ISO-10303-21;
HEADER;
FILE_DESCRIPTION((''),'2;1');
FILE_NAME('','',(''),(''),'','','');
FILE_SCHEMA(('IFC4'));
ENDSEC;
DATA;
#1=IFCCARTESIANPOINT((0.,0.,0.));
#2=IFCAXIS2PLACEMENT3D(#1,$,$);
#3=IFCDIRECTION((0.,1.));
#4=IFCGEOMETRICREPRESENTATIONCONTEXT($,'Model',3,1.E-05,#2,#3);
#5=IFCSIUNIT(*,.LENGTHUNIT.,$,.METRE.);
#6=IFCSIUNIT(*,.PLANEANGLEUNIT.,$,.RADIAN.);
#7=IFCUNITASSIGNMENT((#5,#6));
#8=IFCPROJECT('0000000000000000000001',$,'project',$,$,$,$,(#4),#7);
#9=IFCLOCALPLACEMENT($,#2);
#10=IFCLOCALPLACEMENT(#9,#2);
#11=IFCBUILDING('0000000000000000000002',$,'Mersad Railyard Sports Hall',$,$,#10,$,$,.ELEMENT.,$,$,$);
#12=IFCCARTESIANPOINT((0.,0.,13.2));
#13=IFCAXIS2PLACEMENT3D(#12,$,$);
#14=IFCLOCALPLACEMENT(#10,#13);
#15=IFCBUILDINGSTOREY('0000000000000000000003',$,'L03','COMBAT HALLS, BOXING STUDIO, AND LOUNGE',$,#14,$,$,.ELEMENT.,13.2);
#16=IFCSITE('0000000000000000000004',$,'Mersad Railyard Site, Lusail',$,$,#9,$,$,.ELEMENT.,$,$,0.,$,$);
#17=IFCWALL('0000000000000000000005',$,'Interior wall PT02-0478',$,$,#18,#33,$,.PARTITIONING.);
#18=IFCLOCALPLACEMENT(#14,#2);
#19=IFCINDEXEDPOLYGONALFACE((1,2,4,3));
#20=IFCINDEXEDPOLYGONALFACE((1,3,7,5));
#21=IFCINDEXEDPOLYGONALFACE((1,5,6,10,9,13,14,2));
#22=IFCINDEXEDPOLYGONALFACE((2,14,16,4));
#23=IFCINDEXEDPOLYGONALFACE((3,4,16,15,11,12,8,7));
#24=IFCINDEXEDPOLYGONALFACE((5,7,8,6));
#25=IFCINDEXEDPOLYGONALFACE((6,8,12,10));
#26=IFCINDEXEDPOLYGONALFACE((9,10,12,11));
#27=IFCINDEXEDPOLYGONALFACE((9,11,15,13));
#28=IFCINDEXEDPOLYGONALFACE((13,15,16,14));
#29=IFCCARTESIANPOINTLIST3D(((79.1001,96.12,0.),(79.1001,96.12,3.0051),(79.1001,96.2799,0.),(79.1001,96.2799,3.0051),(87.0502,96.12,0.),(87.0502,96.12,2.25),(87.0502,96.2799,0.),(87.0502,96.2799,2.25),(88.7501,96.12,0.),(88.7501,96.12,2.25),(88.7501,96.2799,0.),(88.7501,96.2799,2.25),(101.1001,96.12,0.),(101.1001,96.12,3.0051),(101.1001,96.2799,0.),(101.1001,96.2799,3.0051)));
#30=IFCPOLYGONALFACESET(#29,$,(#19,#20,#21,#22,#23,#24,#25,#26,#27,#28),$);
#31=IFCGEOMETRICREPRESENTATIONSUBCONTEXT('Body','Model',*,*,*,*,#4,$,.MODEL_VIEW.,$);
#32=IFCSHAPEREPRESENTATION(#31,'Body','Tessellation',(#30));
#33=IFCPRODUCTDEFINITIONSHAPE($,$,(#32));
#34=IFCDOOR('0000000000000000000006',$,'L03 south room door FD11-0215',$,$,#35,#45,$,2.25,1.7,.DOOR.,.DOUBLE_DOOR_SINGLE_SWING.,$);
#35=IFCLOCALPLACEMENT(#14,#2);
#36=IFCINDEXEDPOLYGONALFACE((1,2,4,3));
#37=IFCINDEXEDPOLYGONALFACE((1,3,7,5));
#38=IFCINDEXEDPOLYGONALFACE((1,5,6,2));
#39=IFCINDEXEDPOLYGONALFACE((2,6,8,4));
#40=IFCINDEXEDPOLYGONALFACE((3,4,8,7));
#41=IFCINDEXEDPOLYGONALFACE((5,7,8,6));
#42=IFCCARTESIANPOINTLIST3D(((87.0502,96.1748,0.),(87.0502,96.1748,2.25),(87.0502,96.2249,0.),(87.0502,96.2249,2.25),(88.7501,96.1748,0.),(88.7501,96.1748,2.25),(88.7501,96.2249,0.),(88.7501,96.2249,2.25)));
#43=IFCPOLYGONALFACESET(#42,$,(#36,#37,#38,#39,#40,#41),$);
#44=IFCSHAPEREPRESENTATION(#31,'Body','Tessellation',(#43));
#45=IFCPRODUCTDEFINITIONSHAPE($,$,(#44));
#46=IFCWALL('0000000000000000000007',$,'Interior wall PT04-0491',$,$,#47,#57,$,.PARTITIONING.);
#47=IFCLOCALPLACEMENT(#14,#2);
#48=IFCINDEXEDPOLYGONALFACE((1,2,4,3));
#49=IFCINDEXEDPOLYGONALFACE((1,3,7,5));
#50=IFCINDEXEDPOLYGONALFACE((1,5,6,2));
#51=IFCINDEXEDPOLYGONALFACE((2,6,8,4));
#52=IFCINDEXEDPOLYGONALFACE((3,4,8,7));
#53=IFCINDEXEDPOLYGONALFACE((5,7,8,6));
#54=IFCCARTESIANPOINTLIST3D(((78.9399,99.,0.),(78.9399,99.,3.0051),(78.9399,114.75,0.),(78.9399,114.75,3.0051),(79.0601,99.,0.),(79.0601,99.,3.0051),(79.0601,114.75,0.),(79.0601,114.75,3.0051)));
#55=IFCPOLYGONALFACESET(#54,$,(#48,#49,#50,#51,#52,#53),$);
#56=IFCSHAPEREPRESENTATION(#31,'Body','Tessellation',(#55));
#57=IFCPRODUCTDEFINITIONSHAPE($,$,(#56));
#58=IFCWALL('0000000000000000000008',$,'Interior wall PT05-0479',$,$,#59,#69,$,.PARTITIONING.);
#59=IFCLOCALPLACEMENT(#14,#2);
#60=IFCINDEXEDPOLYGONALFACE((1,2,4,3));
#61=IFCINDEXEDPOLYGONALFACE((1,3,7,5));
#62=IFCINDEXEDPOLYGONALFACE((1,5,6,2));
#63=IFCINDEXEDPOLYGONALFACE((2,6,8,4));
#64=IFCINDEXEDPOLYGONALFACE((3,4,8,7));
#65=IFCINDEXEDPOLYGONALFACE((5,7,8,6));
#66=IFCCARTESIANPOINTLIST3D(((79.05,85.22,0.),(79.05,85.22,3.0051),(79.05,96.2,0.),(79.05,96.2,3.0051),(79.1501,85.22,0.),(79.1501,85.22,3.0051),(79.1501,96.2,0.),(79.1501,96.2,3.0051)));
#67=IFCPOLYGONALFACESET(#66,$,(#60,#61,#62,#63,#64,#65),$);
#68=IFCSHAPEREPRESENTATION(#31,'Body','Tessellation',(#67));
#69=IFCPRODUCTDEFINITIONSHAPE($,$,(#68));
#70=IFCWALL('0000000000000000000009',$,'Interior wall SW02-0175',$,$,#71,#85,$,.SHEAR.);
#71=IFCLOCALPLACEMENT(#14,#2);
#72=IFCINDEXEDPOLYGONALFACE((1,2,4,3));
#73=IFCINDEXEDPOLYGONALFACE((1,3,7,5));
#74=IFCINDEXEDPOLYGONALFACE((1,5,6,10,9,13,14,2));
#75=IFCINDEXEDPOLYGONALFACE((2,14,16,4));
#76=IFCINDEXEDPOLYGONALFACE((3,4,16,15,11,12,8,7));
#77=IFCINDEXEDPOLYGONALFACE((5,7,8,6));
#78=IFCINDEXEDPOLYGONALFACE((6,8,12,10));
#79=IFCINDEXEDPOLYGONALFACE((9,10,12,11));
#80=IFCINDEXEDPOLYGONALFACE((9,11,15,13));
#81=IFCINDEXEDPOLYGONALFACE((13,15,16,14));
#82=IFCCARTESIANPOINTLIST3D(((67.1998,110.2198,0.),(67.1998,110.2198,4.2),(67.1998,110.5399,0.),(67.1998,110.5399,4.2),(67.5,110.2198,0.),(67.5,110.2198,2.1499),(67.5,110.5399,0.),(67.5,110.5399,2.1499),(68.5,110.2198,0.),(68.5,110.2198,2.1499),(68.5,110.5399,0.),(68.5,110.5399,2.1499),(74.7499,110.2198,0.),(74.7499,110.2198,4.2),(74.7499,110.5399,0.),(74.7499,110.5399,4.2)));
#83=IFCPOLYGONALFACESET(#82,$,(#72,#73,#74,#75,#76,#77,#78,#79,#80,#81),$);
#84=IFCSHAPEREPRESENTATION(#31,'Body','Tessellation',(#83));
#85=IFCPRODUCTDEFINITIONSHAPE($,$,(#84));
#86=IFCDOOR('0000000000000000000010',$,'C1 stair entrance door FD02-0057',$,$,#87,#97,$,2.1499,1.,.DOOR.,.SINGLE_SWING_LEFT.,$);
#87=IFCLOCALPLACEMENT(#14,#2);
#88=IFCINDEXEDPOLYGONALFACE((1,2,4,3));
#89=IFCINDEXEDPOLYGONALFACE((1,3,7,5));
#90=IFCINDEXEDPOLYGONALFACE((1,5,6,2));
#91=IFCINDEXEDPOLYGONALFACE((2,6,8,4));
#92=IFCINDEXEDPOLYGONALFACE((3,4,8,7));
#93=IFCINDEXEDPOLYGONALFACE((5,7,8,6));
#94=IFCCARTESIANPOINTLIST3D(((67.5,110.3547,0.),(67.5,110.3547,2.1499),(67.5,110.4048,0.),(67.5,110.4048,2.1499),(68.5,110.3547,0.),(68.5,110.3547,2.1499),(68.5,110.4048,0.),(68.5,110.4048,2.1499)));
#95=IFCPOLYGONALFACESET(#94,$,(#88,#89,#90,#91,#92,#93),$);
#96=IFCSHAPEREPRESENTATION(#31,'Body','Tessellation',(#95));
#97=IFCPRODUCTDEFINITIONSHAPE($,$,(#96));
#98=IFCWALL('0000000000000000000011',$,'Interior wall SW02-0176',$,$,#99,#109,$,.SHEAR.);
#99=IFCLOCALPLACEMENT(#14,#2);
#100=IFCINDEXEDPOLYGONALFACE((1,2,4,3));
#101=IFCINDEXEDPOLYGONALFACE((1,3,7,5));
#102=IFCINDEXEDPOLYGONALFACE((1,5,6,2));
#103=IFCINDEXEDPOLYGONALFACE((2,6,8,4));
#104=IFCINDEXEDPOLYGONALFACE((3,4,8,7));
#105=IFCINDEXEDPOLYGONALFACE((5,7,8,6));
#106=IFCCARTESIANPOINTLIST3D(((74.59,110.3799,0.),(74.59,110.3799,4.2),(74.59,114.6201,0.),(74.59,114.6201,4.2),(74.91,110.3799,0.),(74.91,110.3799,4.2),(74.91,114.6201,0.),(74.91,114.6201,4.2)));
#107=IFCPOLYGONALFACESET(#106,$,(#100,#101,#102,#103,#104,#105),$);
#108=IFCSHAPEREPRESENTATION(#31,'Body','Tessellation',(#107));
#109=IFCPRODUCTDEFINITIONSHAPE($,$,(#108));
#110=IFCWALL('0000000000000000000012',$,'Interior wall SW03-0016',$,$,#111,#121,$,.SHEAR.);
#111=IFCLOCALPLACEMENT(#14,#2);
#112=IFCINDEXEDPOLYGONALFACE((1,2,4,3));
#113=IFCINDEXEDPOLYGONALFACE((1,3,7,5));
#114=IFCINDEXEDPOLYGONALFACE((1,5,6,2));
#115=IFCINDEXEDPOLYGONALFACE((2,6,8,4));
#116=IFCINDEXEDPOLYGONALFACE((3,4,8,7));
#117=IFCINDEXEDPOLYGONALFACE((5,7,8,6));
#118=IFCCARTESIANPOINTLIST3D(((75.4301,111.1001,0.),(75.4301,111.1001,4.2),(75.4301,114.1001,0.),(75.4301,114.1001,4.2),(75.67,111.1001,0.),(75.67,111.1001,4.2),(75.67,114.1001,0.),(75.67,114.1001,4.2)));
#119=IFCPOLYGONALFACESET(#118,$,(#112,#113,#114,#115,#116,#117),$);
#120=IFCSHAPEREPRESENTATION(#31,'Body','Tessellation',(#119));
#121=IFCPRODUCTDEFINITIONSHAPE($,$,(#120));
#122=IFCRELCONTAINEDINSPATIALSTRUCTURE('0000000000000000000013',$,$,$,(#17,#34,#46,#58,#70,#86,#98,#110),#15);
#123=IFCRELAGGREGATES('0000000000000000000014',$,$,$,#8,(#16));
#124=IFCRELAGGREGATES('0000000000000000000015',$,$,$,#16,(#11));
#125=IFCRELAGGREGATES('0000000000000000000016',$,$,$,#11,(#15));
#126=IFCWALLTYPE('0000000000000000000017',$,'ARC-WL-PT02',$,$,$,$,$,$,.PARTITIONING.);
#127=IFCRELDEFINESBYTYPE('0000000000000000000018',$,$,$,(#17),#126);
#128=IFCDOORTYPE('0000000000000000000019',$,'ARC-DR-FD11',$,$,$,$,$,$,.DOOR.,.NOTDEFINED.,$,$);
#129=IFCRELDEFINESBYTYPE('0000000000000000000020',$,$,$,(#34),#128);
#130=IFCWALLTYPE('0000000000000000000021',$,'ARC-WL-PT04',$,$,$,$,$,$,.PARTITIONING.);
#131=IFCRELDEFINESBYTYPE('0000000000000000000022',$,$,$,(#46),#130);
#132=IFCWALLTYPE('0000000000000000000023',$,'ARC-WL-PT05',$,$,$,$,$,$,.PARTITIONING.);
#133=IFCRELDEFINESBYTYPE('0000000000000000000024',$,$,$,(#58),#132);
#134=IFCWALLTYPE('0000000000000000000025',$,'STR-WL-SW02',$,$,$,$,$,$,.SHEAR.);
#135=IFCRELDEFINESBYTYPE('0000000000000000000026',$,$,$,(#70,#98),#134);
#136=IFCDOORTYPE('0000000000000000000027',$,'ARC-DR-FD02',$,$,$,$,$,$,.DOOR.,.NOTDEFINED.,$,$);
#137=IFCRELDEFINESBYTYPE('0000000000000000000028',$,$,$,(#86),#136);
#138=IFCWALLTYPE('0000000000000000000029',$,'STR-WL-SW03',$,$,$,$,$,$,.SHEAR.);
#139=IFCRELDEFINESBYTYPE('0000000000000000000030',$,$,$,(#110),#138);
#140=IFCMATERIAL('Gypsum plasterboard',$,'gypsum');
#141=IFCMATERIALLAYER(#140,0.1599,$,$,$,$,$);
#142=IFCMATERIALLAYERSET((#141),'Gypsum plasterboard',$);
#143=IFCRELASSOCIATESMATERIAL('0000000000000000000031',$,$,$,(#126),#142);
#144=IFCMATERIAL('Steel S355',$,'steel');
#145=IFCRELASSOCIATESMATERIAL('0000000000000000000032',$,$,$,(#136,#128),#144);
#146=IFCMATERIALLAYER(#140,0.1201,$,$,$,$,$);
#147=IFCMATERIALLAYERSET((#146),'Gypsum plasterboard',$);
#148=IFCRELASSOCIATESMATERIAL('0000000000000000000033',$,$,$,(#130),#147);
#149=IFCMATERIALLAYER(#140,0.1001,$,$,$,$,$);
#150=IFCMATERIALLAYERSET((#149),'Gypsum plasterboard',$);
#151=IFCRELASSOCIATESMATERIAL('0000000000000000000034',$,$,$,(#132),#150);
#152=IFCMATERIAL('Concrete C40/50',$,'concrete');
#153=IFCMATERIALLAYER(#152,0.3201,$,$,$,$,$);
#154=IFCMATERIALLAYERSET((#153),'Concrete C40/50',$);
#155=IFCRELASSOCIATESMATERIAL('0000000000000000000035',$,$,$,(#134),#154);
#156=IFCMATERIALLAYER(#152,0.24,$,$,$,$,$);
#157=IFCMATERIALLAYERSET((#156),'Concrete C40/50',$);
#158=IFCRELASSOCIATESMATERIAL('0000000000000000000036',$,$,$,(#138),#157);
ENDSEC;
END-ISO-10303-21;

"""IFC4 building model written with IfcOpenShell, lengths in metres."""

from ifc_helpers import new_model, si_unit, direction, frame, frame_2d, origin, place, context, subcontext, project, spatial, rectangle, extrude, material, layer, layer_set, type_object, element, fill, save


model = new_model("IFC4")

# Units and contexts
model_context = context("Model", 3, precision=1e-05, world=origin(), true_north=direction((0.0, 1.0)))
body_context = subcontext(model_context, "Body", "Model", "MODEL_VIEW")
ifc_project = project(units=[si_unit("LENGTHUNIT", "METRE"), si_unit("PLANEANGLEUNIT", "RADIAN")], contexts=[model_context])

# Site, building, storey
site_placement = place(None, origin())
site = spatial("IfcSite", under=ifc_project, at=site_placement, Name="Mersad Railyard Site, Lusail", CompositionType="ELEMENT", RefElevation=0.0)
building_placement = place(site_placement, origin())
building = spatial("IfcBuilding", under=site, at=building_placement, Name="Mersad Railyard Sports Hall", CompositionType="ELEMENT")
storey_placement = place(building_placement, frame((0.0, 0.0, 13.2)))
storey = spatial("IfcBuildingStorey", under=building, at=storey_placement, Name="L03", Description="COMBAT HALLS, BOXING STUDIO, AND LOUNGE", CompositionType="ELEMENT", Elevation=13.2)

# Shared definitions
ifc_material_1 = material(Name="Concrete C40/50", Category="concrete")

# Shared definitions
ifc_material_2 = material(Name="Steel S355", Category="steel")

# Wall, opening, door
ifc_material_3 = material(Name="Gypsum plasterboard", Category="gypsum")
ifc_layer_1 = layer(ifc_material_3, 0.1599)
ifc_layer_set_1 = layer_set([ifc_layer_1], Name="Gypsum plasterboard")
wall_type_1 = type_object("IfcWallType", Name="ARC-WL-PT02", PredefinedType="PARTITIONING", material=ifc_layer_set_1)
door_type_1 = type_object("IfcDoorType", Name="ARC-DR-FD02", OperationType="NOTDEFINED", PredefinedType="DOOR", material=ifc_material_2)
wall_1_placement = place(storey_placement, frame((79.1001, 96.2, 0.0), z_axis=(0.0, 0.0, 1.0), x_axis=(1.0, 0.0, 0.0)))
wall_1 = element("IfcWall", 1, at=wall_1_placement, inside=storey, type_object=wall_type_1, Name="Interior wall PT02-0478", PredefinedType="PARTITIONING", context=body_context, shape_type="SweptSolid", body=[
    extrude(rectangle(XDim=22.0, YDim=0.1599, at=frame_2d((11.0, 0.0))), origin(), (0.0, 0.0, 1.0), 3.0051),
])
opening_1_placement = place(wall_1_placement, frame((7.95, 0.0, 0.0)))
opening_1 = element("IfcOpeningElement", 2, at=opening_1_placement, cuts=wall_1, PredefinedType="OPENING", context=body_context, shape_type="SweptSolid", body=[
    extrude(rectangle(XDim=1.7, YDim=2.25, at=frame_2d((0.8501, 1.125))), frame((0.0, 0.0898, 0.0), z_axis=(0.0, -1.0, 0.0), x_axis=(1.0, 0.0, 0.0)), (0.0, 0.0, 1.0), 0.1799),
])
door_type_2 = type_object("IfcDoorType", Name="ARC-DR-FD11", OperationType="NOTDEFINED", PredefinedType="DOOR", material=ifc_material_2)
door_1_placement = place(opening_1_placement, origin())
door_1 = element("IfcDoor", 3, at=door_1_placement, inside=storey, type_object=door_type_2, Name="L03 south room door FD11-0215", OperationType="DOUBLE_DOOR_SINGLE_SWING", OverallHeight=2.25, OverallWidth=1.7, PredefinedType="DOOR", context=body_context, shape_type="SweptSolid", body=[
    extrude(rectangle(XDim=1.7, YDim=2.25, at=frame_2d((0.8501, 1.125))), frame((0.0, 0.0249, 0.0), z_axis=(0.0, -1.0, 0.0), x_axis=(1.0, 0.0, 0.0)), (0.0, 0.0, 1.0), 0.05),
])
fill(opening_1, door_1)

# Walls
ifc_layer_2 = layer(ifc_material_3, 0.1201)
ifc_layer_set_2 = layer_set([ifc_layer_2], Name="Gypsum plasterboard")
wall_type_2 = type_object("IfcWallType", Name="ARC-WL-PT04", PredefinedType="PARTITIONING", material=ifc_layer_set_2)
wall_2_placement = place(storey_placement, frame((79.0, 99.0, 0.0), z_axis=(0.0, 0.0, 1.0), x_axis=(0.0, 1.0, 0.0)))
element("IfcWall", 4, at=wall_2_placement, inside=storey, type_object=wall_type_2, Name="Interior wall PT04-0491", PredefinedType="PARTITIONING", context=body_context, shape_type="SweptSolid", body=[
    extrude(rectangle(XDim=15.75, YDim=0.1201, at=frame_2d((7.875, 0.0))), origin(), (0.0, 0.0, 1.0), 3.0051),
])
ifc_layer_3 = layer(ifc_material_3, 0.1001)
ifc_layer_set_3 = layer_set([ifc_layer_3], Name="Gypsum plasterboard")
wall_type_3 = type_object("IfcWallType", Name="ARC-WL-PT05", PredefinedType="PARTITIONING", material=ifc_layer_set_3)
wall_3_placement = place(storey_placement, frame((79.1001, 85.22, 0.0), z_axis=(0.0, 0.0, 1.0), x_axis=(0.0, 1.0, 0.0)))
element("IfcWall", 5, at=wall_3_placement, inside=storey, type_object=wall_type_3, Name="Interior wall PT05-0479", PredefinedType="PARTITIONING", context=body_context, shape_type="SweptSolid", body=[
    extrude(rectangle(XDim=10.98, YDim=0.1001, at=frame_2d((5.49, 0.0))), origin(), (0.0, 0.0, 1.0), 3.0051),
])

# Wall, opening, door
ifc_layer_4 = layer(ifc_material_1, 0.3201)
ifc_layer_set_4 = layer_set([ifc_layer_4], Name="Concrete C40/50")
wall_type_4 = type_object("IfcWallType", Name="STR-WL-SW02", PredefinedType="SHEAR", material=ifc_layer_set_4)
wall_4_placement = place(storey_placement, frame((67.2, 110.3799, 0.0), z_axis=(0.0, 0.0, 1.0), x_axis=(1.0, 0.0, 0.0)))
wall_4 = element("IfcWall", 6, at=wall_4_placement, inside=storey, type_object=wall_type_4, Name="Interior wall SW02-0175", PredefinedType="SHEAR", context=body_context, shape_type="SweptSolid", body=[
    extrude(rectangle(XDim=7.55, YDim=0.3201, at=frame_2d((3.7749, 0.0))), origin(), (0.0, 0.0, 1.0), 4.2),
])
opening_2_placement = place(wall_4_placement, frame((0.3, 0.0, 0.0)))
opening_2 = element("IfcOpeningElement", 7, at=opening_2_placement, cuts=wall_4, PredefinedType="OPENING", context=body_context, shape_type="SweptSolid", body=[
    extrude(rectangle(XDim=1.0, YDim=2.1499, at=frame_2d((0.5, 1.075))), frame((0.0, 0.1699, 0.0), z_axis=(0.0, -1.0, 0.0), x_axis=(1.0, 0.0, 0.0)), (0.0, 0.0, 1.0), 0.3401),
])
door_2_placement = place(opening_2_placement, origin())
door_2 = element("IfcDoor", 8, at=door_2_placement, inside=storey, type_object=door_type_1, Name="C1 stair entrance door FD02-0057", OperationType="SINGLE_SWING_LEFT", OverallHeight=2.1499, OverallWidth=1.0, PredefinedType="DOOR", context=body_context, shape_type="SweptSolid", body=[
    extrude(rectangle(XDim=1.0, YDim=2.1499, at=frame_2d((0.5, 1.075))), frame((0.0, 0.0249, 0.0), z_axis=(0.0, -1.0, 0.0), x_axis=(1.0, 0.0, 0.0)), (0.0, 0.0, 1.0), 0.05),
])
fill(opening_2, door_2)

# Walls
wall_5_placement = place(storey_placement, frame((74.75, 110.3799, 0.0), z_axis=(0.0, 0.0, 1.0), x_axis=(0.0, 1.0, 0.0)))
element("IfcWall", 9, at=wall_5_placement, inside=storey, type_object=wall_type_4, Name="Interior wall SW02-0176", PredefinedType="SHEAR", context=body_context, shape_type="SweptSolid", body=[
    extrude(rectangle(XDim=4.2402, YDim=0.3201, at=frame_2d((2.1201, 0.0))), origin(), (0.0, 0.0, 1.0), 4.2),
])
ifc_layer_5 = layer(ifc_material_1, 0.24)
ifc_layer_set_5 = layer_set([ifc_layer_5], Name="Concrete C40/50")
wall_type_5 = type_object("IfcWallType", Name="STR-WL-SW03", PredefinedType="SHEAR", material=ifc_layer_set_5)
wall_6_placement = place(storey_placement, frame((75.55, 111.1001, 0.0), z_axis=(0.0, 0.0, 1.0), x_axis=(0.0, 1.0, 0.0)))
element("IfcWall", 10, at=wall_6_placement, inside=storey, type_object=wall_type_5, Name="Interior wall SW03-0016", PredefinedType="SHEAR", context=body_context, shape_type="SweptSolid", body=[
    extrude(rectangle(XDim=3.0, YDim=0.24, at=frame_2d((1.5, 0.0))), origin(), (0.0, 0.0, 1.0), 4.2),
])

save(model, "model.ifc")
